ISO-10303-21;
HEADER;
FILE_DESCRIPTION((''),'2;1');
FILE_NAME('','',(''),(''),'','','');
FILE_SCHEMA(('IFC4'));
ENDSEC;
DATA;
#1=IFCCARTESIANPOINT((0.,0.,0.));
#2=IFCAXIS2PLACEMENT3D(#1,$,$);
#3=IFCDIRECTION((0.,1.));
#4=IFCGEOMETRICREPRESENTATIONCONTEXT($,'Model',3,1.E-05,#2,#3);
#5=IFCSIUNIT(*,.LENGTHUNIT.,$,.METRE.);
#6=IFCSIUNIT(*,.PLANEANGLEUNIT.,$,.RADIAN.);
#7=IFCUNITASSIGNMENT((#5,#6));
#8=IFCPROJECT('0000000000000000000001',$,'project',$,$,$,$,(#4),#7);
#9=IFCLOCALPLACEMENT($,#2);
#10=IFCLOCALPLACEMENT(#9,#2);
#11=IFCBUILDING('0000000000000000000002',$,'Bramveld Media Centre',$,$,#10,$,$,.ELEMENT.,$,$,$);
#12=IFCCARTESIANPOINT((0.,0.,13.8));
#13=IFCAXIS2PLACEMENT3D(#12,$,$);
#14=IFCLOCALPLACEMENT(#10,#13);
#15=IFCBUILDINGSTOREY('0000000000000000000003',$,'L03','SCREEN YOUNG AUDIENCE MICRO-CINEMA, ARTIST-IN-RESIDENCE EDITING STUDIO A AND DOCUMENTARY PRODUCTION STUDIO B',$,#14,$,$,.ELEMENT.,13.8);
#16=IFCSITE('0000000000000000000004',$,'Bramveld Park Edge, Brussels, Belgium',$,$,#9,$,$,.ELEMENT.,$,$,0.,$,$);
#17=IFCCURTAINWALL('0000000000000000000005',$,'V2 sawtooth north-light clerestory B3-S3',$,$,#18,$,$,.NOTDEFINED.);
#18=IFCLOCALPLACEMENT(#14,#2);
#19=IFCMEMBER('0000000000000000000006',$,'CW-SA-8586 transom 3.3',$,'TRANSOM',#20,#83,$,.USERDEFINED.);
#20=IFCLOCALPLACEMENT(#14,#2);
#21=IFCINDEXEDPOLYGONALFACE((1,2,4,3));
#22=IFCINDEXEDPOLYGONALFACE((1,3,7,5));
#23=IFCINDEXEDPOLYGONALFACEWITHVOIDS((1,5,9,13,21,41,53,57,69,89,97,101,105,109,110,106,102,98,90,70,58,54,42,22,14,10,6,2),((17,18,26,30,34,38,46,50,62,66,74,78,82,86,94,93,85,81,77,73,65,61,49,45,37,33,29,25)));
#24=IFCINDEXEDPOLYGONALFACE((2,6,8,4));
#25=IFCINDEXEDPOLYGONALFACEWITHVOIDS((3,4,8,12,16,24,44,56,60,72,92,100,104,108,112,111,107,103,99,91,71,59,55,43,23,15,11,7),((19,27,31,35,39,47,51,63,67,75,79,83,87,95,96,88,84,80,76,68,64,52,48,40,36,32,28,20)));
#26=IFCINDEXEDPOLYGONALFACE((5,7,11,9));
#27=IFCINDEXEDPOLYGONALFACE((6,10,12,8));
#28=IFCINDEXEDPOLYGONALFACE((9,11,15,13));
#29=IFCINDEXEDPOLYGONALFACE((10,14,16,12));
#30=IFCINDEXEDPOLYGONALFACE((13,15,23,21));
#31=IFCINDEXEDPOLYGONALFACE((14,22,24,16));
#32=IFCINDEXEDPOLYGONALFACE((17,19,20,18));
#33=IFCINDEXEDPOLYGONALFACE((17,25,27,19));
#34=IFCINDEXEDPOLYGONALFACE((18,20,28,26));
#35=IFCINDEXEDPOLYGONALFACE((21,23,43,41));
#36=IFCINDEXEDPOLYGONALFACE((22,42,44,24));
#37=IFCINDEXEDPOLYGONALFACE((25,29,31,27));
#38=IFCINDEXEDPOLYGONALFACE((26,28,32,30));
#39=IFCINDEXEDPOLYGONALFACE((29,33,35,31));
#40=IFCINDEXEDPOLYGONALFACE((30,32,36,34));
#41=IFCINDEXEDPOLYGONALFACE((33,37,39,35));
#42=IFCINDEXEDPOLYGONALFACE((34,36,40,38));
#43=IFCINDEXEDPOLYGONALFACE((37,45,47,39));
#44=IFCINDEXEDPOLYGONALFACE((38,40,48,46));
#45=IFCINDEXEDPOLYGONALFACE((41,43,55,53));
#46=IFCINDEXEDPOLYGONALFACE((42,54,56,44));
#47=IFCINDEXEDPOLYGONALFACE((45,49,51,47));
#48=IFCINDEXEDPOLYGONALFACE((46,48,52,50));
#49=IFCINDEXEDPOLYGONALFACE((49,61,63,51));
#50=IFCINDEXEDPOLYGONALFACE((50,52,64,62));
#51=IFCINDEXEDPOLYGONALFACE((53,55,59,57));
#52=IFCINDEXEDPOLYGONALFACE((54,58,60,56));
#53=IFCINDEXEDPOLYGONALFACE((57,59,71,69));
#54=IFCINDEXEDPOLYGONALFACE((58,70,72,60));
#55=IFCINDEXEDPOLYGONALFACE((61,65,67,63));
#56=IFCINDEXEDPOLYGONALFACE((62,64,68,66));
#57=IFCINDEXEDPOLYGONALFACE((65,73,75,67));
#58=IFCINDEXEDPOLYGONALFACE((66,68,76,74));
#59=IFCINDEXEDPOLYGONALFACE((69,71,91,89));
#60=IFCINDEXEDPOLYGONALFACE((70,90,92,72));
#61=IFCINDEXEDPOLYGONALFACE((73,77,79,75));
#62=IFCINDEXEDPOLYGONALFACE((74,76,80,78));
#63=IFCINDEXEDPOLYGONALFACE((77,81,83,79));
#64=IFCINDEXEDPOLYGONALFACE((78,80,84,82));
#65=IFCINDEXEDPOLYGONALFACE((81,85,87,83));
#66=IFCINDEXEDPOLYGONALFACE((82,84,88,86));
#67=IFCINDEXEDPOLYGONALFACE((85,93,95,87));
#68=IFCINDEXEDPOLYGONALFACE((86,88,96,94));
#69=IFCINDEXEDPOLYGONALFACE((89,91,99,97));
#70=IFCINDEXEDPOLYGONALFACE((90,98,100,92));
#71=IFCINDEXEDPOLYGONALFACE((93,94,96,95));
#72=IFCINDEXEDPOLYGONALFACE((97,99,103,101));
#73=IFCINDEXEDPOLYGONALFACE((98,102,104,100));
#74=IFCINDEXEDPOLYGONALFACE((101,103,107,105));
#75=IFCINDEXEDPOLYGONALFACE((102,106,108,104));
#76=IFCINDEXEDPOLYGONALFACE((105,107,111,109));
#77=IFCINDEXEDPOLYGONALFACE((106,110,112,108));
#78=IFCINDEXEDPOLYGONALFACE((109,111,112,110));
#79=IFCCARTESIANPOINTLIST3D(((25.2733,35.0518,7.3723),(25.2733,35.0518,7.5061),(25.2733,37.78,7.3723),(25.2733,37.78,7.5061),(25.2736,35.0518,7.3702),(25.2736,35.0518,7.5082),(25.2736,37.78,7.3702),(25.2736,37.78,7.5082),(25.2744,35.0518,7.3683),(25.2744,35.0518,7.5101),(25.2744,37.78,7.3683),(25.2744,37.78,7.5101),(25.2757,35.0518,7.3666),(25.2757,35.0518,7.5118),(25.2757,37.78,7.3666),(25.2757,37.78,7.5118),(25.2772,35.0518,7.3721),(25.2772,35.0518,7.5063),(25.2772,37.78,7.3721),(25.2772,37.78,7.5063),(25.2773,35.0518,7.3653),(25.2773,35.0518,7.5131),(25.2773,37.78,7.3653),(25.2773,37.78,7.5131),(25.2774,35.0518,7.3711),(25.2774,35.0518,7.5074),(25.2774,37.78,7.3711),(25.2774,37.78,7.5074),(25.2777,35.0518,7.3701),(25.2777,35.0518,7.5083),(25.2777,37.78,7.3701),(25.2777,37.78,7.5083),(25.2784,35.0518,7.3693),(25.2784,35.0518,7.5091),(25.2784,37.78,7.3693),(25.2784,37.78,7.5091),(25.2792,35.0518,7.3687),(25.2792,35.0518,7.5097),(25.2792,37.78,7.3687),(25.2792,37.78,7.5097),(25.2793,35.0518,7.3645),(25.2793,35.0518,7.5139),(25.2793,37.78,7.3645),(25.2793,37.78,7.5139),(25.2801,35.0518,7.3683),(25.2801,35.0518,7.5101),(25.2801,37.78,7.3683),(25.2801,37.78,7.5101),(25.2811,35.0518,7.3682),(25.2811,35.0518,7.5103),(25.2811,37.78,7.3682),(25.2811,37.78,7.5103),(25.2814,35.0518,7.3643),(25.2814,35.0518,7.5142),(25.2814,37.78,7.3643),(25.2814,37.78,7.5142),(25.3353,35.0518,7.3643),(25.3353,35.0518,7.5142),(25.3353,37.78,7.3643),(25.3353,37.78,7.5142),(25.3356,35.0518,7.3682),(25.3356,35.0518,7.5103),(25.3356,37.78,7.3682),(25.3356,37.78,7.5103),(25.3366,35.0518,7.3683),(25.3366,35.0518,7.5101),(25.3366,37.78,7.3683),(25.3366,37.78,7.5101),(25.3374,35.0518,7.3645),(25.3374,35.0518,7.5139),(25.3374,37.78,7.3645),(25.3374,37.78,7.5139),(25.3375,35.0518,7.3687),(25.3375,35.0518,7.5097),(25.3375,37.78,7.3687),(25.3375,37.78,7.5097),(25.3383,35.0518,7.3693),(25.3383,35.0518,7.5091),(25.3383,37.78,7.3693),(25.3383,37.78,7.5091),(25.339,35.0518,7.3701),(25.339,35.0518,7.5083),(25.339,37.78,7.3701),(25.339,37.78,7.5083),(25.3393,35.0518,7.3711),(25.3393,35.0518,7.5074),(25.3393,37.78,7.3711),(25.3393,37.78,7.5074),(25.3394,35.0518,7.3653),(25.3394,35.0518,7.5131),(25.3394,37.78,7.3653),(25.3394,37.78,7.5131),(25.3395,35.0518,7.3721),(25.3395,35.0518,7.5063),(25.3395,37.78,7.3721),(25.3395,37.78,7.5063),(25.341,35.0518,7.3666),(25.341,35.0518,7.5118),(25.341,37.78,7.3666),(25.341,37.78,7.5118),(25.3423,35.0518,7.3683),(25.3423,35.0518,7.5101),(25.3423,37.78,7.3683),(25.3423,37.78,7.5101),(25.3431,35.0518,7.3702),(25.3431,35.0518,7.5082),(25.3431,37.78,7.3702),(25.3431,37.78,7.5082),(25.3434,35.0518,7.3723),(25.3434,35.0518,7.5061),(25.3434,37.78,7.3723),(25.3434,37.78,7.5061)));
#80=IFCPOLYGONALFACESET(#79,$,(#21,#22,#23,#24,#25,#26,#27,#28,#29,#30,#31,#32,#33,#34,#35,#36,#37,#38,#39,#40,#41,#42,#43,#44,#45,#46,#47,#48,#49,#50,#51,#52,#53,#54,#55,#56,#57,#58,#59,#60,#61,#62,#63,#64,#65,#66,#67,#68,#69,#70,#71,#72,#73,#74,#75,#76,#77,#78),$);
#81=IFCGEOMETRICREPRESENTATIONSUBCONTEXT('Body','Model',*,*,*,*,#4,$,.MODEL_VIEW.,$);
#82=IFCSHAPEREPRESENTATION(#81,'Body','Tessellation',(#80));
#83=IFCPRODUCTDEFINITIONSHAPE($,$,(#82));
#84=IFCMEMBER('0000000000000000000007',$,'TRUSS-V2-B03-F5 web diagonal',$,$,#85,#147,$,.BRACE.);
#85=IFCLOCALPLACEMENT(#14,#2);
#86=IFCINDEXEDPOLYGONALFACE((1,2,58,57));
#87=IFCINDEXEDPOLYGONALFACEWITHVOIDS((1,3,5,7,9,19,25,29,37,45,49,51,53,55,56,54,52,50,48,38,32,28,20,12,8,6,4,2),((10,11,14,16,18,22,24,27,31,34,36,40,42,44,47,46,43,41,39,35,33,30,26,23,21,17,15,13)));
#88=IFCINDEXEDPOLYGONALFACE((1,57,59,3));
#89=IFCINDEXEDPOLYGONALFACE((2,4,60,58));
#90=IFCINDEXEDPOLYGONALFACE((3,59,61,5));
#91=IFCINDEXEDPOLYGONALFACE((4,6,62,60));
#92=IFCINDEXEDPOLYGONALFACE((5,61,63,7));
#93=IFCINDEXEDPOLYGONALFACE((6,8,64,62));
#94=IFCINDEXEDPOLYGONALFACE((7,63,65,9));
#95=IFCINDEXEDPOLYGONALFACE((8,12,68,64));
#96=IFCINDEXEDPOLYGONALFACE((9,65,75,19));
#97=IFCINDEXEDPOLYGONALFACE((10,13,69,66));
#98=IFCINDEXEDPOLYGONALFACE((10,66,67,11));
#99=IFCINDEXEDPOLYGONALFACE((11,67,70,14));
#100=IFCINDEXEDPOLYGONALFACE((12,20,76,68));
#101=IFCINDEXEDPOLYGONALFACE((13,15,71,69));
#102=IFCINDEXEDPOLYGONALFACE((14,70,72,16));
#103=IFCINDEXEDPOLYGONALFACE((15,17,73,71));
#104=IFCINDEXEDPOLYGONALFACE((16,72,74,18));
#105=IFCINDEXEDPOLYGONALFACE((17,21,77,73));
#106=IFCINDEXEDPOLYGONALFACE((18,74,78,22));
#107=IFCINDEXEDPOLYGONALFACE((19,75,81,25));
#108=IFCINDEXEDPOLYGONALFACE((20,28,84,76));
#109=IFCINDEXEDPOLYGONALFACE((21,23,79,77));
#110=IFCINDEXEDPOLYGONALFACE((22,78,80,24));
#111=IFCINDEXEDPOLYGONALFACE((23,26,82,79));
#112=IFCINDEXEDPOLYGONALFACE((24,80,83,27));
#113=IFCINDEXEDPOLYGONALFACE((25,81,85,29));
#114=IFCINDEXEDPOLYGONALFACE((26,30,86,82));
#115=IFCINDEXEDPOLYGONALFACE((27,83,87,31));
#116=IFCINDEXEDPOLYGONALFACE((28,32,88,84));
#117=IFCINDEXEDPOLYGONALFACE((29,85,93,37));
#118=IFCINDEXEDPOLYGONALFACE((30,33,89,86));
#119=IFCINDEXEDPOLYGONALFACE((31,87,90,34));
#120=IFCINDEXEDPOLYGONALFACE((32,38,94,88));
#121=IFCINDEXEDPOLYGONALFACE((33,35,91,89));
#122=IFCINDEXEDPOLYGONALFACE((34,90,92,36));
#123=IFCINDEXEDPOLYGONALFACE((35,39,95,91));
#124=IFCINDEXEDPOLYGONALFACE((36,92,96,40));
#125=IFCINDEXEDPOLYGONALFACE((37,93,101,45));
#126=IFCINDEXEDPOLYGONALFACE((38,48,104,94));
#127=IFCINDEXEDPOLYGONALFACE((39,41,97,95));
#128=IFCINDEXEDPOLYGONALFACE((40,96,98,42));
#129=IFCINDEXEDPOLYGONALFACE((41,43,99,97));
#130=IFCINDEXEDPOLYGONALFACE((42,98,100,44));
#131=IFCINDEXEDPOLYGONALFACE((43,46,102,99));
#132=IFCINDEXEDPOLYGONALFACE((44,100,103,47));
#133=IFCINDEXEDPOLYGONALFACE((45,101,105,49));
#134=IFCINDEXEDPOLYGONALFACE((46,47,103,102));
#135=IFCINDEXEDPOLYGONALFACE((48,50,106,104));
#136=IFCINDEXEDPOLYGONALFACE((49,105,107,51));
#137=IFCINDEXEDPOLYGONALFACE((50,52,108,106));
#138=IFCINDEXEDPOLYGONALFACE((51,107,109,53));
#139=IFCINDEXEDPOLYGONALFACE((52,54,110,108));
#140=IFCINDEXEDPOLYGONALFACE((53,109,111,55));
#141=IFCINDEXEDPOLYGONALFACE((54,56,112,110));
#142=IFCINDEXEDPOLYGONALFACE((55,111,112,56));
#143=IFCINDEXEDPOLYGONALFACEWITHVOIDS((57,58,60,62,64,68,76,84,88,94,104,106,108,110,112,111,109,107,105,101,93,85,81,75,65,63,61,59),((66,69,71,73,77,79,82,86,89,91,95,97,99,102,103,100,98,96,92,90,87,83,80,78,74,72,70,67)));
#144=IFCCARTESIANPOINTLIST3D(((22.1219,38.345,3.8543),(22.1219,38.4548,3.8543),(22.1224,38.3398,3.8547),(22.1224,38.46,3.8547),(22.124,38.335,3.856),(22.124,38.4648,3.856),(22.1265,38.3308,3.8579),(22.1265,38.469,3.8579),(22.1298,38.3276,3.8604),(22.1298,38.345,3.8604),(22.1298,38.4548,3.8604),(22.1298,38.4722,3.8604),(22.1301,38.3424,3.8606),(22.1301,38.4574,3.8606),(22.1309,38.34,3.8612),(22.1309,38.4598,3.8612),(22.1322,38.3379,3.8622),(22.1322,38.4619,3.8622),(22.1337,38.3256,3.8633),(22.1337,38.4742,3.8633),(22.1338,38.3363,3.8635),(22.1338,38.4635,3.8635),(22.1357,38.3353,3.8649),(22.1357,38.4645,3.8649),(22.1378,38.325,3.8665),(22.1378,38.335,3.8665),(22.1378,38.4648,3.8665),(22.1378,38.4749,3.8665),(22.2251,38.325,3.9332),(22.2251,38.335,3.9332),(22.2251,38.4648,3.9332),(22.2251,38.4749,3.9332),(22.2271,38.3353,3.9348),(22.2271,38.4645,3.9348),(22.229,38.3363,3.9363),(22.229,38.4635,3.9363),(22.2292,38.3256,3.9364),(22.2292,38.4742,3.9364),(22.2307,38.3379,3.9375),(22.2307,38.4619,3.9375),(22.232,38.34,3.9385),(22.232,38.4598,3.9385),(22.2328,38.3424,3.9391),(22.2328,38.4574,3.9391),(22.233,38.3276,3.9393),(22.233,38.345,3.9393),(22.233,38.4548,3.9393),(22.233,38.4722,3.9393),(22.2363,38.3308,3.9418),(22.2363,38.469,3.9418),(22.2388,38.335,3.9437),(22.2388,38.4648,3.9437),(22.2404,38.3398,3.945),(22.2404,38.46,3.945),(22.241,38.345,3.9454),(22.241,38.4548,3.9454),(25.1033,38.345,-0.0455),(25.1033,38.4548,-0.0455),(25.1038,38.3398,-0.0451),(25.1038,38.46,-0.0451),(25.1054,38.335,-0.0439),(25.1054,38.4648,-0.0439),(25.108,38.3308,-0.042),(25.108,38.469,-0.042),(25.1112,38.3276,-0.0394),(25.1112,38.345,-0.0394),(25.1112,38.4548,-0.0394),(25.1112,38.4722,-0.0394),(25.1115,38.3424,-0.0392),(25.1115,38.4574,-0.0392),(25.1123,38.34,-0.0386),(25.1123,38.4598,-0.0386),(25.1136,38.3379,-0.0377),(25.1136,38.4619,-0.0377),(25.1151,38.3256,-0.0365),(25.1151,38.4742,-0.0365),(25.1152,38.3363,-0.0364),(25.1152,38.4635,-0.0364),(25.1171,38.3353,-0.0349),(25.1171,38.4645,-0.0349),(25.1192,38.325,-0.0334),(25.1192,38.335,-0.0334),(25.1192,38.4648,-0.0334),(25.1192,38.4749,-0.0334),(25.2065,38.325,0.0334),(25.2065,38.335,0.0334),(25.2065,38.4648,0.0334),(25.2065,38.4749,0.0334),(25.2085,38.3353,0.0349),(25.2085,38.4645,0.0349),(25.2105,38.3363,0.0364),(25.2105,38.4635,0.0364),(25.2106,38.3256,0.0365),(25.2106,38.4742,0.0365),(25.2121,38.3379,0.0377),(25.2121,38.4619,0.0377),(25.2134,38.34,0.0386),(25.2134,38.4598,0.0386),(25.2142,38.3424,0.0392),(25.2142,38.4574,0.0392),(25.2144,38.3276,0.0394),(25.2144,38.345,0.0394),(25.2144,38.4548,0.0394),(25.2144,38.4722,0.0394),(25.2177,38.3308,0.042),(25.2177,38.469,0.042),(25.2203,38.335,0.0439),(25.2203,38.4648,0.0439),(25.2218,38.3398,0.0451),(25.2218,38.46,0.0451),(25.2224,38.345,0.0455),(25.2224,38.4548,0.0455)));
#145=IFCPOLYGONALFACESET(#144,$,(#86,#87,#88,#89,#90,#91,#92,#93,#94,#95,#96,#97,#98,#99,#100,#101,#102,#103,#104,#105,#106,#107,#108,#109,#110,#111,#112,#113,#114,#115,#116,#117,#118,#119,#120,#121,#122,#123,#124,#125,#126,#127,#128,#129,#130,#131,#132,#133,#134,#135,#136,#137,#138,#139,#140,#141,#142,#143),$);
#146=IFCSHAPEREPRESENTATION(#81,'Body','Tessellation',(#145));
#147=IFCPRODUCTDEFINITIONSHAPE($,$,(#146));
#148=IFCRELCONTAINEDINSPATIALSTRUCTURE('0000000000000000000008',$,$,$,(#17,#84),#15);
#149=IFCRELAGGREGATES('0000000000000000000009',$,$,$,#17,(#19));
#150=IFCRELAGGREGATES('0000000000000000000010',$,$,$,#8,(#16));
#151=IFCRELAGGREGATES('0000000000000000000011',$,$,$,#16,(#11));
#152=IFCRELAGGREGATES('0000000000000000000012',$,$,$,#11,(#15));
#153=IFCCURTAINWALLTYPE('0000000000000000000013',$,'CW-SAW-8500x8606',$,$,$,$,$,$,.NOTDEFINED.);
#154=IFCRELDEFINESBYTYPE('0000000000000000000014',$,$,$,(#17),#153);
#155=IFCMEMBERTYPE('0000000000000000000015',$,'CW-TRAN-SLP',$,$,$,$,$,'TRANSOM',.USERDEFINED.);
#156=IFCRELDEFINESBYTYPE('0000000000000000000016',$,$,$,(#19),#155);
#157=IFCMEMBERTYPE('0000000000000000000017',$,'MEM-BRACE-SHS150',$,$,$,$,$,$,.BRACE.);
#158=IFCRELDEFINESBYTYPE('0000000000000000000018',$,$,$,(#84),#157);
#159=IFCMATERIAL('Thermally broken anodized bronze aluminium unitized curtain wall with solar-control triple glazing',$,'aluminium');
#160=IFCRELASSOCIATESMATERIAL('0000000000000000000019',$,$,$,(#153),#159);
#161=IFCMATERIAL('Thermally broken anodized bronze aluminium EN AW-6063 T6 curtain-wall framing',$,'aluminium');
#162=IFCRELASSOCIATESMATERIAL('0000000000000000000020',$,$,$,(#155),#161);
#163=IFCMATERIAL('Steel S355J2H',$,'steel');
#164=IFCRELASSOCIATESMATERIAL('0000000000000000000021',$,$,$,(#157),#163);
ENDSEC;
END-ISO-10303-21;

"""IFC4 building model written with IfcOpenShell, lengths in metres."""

from ifc_helpers import new_model, si_unit, direction, frame, origin, origin_2d, place, context, subcontext, project, spatial, hollow_rectangle, extrude, material, material_profile, profile_set, type_object, element, aggregate, save


model = new_model("IFC4")

# Units and contexts
model_context = context("Model", 3, precision=1e-05, world=origin(), true_north=direction((0.0, 1.0)))
body_context = subcontext(model_context, "Body", "Model", "MODEL_VIEW")
ifc_project = project(units=[si_unit("LENGTHUNIT", "METRE"), si_unit("PLANEANGLEUNIT", "RADIAN")], contexts=[model_context])

# Site, building, storey
site_placement = place(None, origin())
site = spatial("IfcSite", under=ifc_project, at=site_placement, Name="Bramveld Park Edge, Brussels, Belgium", CompositionType="ELEMENT", RefElevation=0.0)
building_placement = place(site_placement, origin())
building = spatial("IfcBuilding", under=site, at=building_placement, Name="Bramveld Media Centre", CompositionType="ELEMENT")
storey_placement = place(building_placement, frame((0.0, 0.0, 13.8)))
storey = spatial("IfcBuildingStorey", under=building, at=storey_placement, Name="L03", Description="SCREEN YOUNG AUDIENCE MICRO-CINEMA, ARTIST-IN-RESIDENCE EDITING STUDIO A AND DOCUMENTARY PRODUCTION STUDIO B", CompositionType="ELEMENT", Elevation=13.8)

# Curtain wall, member
ifc_material_1 = material(Name="Thermally broken anodized bronze aluminium unitized curtain wall with solar-control triple glazing", Category="aluminium")
curtain_wall_type = type_object("IfcCurtainWallType", Name="CW-SAW-8500x8606", PredefinedType="NOTDEFINED", material=ifc_material_1)
curtain_wall_placement = place(storey_placement, origin())
curtain_wall = element("IfcCurtainWall", 1, at=curtain_wall_placement, inside=storey, type_object=curtain_wall_type, Name="V2 sawtooth north-light clerestory B3-S3", PredefinedType="NOTDEFINED")
ifc_material_2 = material(Name="Thermally broken anodized bronze aluminium EN AW-6063 T6 curtain-wall framing", Category="aluminium")
ifc_material_profile_1 = material_profile(ifc_material_2, hollow_rectangle(XDim=0.0701, YDim=0.1499, WallThickness=0.0039, InnerFilletRadius=0.0039, OuterFilletRadius=0.0081, at=origin_2d()), Name="AL-TRAN 70x150")
ifc_profile_set_1 = profile_set([ifc_material_profile_1], Name="Thermally broken anodized bronze aluminium EN AW-6063 T6 curtain-wall framing")
member_type_1 = type_object("IfcMemberType", Name="CW-TRAN-SLP", ElementType="TRANSOM", PredefinedType="USERDEFINED", material=ifc_profile_set_1)
member_1_placement = place(storey_placement, frame((25.3083, 35.0518, 7.4392), z_axis=(0.0, 1.0, 0.0), x_axis=(-1.0, 0.0, 0.0)))
member_1 = element("IfcMember", 2, at=member_1_placement, type_object=member_type_1, Name="CW-SA-8586 transom 3.3", ObjectType="TRANSOM", PredefinedType="USERDEFINED", context=body_context, shape_type="SweptSolid", body=[
    extrude(hollow_rectangle(XDim=0.0701, YDim=0.1499, WallThickness=0.0039, InnerFilletRadius=0.0039, OuterFilletRadius=0.0081, at=origin_2d()), origin(), (0.0, 0.0, 1.0), 2.7283),
])

# Member
ifc_material_3 = material(Name="Steel S355J2H", Category="steel")
ifc_material_profile_2 = material_profile(ifc_material_3, hollow_rectangle(XDim=0.1499, YDim=0.1499, WallThickness=0.01, InnerFilletRadius=0.01, OuterFilletRadius=0.02, at=origin_2d()), Name="SHS 150x150x10")
ifc_profile_set_2 = profile_set([ifc_material_profile_2], Name="Steel S355J2H")
member_type_2 = type_object("IfcMemberType", Name="MEM-BRACE-SHS150", PredefinedType="BRACE", material=ifc_profile_set_2)
member_2_placement = place(storey_placement, frame((25.1628, 38.3999, 0.0), z_axis=(-0.607343, 0.0, 0.79444), x_axis=(0.0, -1.0, 0.0)))
element("IfcMember", 3, at=member_2_placement, inside=storey, type_object=member_type_2, Name="TRUSS-V2-B03-F5 web diagonal", PredefinedType="BRACE", context=body_context, shape_type="SweptSolid", body=[
    extrude(hollow_rectangle(XDim=0.1499, YDim=0.1499, WallThickness=0.01, InnerFilletRadius=0.01, OuterFilletRadius=0.02, at=origin_2d()), origin(), (0.0, 0.0, 1.0), 4.9089),
])

aggregate(curtain_wall, [member_1])

save(model, "model.ifc")
